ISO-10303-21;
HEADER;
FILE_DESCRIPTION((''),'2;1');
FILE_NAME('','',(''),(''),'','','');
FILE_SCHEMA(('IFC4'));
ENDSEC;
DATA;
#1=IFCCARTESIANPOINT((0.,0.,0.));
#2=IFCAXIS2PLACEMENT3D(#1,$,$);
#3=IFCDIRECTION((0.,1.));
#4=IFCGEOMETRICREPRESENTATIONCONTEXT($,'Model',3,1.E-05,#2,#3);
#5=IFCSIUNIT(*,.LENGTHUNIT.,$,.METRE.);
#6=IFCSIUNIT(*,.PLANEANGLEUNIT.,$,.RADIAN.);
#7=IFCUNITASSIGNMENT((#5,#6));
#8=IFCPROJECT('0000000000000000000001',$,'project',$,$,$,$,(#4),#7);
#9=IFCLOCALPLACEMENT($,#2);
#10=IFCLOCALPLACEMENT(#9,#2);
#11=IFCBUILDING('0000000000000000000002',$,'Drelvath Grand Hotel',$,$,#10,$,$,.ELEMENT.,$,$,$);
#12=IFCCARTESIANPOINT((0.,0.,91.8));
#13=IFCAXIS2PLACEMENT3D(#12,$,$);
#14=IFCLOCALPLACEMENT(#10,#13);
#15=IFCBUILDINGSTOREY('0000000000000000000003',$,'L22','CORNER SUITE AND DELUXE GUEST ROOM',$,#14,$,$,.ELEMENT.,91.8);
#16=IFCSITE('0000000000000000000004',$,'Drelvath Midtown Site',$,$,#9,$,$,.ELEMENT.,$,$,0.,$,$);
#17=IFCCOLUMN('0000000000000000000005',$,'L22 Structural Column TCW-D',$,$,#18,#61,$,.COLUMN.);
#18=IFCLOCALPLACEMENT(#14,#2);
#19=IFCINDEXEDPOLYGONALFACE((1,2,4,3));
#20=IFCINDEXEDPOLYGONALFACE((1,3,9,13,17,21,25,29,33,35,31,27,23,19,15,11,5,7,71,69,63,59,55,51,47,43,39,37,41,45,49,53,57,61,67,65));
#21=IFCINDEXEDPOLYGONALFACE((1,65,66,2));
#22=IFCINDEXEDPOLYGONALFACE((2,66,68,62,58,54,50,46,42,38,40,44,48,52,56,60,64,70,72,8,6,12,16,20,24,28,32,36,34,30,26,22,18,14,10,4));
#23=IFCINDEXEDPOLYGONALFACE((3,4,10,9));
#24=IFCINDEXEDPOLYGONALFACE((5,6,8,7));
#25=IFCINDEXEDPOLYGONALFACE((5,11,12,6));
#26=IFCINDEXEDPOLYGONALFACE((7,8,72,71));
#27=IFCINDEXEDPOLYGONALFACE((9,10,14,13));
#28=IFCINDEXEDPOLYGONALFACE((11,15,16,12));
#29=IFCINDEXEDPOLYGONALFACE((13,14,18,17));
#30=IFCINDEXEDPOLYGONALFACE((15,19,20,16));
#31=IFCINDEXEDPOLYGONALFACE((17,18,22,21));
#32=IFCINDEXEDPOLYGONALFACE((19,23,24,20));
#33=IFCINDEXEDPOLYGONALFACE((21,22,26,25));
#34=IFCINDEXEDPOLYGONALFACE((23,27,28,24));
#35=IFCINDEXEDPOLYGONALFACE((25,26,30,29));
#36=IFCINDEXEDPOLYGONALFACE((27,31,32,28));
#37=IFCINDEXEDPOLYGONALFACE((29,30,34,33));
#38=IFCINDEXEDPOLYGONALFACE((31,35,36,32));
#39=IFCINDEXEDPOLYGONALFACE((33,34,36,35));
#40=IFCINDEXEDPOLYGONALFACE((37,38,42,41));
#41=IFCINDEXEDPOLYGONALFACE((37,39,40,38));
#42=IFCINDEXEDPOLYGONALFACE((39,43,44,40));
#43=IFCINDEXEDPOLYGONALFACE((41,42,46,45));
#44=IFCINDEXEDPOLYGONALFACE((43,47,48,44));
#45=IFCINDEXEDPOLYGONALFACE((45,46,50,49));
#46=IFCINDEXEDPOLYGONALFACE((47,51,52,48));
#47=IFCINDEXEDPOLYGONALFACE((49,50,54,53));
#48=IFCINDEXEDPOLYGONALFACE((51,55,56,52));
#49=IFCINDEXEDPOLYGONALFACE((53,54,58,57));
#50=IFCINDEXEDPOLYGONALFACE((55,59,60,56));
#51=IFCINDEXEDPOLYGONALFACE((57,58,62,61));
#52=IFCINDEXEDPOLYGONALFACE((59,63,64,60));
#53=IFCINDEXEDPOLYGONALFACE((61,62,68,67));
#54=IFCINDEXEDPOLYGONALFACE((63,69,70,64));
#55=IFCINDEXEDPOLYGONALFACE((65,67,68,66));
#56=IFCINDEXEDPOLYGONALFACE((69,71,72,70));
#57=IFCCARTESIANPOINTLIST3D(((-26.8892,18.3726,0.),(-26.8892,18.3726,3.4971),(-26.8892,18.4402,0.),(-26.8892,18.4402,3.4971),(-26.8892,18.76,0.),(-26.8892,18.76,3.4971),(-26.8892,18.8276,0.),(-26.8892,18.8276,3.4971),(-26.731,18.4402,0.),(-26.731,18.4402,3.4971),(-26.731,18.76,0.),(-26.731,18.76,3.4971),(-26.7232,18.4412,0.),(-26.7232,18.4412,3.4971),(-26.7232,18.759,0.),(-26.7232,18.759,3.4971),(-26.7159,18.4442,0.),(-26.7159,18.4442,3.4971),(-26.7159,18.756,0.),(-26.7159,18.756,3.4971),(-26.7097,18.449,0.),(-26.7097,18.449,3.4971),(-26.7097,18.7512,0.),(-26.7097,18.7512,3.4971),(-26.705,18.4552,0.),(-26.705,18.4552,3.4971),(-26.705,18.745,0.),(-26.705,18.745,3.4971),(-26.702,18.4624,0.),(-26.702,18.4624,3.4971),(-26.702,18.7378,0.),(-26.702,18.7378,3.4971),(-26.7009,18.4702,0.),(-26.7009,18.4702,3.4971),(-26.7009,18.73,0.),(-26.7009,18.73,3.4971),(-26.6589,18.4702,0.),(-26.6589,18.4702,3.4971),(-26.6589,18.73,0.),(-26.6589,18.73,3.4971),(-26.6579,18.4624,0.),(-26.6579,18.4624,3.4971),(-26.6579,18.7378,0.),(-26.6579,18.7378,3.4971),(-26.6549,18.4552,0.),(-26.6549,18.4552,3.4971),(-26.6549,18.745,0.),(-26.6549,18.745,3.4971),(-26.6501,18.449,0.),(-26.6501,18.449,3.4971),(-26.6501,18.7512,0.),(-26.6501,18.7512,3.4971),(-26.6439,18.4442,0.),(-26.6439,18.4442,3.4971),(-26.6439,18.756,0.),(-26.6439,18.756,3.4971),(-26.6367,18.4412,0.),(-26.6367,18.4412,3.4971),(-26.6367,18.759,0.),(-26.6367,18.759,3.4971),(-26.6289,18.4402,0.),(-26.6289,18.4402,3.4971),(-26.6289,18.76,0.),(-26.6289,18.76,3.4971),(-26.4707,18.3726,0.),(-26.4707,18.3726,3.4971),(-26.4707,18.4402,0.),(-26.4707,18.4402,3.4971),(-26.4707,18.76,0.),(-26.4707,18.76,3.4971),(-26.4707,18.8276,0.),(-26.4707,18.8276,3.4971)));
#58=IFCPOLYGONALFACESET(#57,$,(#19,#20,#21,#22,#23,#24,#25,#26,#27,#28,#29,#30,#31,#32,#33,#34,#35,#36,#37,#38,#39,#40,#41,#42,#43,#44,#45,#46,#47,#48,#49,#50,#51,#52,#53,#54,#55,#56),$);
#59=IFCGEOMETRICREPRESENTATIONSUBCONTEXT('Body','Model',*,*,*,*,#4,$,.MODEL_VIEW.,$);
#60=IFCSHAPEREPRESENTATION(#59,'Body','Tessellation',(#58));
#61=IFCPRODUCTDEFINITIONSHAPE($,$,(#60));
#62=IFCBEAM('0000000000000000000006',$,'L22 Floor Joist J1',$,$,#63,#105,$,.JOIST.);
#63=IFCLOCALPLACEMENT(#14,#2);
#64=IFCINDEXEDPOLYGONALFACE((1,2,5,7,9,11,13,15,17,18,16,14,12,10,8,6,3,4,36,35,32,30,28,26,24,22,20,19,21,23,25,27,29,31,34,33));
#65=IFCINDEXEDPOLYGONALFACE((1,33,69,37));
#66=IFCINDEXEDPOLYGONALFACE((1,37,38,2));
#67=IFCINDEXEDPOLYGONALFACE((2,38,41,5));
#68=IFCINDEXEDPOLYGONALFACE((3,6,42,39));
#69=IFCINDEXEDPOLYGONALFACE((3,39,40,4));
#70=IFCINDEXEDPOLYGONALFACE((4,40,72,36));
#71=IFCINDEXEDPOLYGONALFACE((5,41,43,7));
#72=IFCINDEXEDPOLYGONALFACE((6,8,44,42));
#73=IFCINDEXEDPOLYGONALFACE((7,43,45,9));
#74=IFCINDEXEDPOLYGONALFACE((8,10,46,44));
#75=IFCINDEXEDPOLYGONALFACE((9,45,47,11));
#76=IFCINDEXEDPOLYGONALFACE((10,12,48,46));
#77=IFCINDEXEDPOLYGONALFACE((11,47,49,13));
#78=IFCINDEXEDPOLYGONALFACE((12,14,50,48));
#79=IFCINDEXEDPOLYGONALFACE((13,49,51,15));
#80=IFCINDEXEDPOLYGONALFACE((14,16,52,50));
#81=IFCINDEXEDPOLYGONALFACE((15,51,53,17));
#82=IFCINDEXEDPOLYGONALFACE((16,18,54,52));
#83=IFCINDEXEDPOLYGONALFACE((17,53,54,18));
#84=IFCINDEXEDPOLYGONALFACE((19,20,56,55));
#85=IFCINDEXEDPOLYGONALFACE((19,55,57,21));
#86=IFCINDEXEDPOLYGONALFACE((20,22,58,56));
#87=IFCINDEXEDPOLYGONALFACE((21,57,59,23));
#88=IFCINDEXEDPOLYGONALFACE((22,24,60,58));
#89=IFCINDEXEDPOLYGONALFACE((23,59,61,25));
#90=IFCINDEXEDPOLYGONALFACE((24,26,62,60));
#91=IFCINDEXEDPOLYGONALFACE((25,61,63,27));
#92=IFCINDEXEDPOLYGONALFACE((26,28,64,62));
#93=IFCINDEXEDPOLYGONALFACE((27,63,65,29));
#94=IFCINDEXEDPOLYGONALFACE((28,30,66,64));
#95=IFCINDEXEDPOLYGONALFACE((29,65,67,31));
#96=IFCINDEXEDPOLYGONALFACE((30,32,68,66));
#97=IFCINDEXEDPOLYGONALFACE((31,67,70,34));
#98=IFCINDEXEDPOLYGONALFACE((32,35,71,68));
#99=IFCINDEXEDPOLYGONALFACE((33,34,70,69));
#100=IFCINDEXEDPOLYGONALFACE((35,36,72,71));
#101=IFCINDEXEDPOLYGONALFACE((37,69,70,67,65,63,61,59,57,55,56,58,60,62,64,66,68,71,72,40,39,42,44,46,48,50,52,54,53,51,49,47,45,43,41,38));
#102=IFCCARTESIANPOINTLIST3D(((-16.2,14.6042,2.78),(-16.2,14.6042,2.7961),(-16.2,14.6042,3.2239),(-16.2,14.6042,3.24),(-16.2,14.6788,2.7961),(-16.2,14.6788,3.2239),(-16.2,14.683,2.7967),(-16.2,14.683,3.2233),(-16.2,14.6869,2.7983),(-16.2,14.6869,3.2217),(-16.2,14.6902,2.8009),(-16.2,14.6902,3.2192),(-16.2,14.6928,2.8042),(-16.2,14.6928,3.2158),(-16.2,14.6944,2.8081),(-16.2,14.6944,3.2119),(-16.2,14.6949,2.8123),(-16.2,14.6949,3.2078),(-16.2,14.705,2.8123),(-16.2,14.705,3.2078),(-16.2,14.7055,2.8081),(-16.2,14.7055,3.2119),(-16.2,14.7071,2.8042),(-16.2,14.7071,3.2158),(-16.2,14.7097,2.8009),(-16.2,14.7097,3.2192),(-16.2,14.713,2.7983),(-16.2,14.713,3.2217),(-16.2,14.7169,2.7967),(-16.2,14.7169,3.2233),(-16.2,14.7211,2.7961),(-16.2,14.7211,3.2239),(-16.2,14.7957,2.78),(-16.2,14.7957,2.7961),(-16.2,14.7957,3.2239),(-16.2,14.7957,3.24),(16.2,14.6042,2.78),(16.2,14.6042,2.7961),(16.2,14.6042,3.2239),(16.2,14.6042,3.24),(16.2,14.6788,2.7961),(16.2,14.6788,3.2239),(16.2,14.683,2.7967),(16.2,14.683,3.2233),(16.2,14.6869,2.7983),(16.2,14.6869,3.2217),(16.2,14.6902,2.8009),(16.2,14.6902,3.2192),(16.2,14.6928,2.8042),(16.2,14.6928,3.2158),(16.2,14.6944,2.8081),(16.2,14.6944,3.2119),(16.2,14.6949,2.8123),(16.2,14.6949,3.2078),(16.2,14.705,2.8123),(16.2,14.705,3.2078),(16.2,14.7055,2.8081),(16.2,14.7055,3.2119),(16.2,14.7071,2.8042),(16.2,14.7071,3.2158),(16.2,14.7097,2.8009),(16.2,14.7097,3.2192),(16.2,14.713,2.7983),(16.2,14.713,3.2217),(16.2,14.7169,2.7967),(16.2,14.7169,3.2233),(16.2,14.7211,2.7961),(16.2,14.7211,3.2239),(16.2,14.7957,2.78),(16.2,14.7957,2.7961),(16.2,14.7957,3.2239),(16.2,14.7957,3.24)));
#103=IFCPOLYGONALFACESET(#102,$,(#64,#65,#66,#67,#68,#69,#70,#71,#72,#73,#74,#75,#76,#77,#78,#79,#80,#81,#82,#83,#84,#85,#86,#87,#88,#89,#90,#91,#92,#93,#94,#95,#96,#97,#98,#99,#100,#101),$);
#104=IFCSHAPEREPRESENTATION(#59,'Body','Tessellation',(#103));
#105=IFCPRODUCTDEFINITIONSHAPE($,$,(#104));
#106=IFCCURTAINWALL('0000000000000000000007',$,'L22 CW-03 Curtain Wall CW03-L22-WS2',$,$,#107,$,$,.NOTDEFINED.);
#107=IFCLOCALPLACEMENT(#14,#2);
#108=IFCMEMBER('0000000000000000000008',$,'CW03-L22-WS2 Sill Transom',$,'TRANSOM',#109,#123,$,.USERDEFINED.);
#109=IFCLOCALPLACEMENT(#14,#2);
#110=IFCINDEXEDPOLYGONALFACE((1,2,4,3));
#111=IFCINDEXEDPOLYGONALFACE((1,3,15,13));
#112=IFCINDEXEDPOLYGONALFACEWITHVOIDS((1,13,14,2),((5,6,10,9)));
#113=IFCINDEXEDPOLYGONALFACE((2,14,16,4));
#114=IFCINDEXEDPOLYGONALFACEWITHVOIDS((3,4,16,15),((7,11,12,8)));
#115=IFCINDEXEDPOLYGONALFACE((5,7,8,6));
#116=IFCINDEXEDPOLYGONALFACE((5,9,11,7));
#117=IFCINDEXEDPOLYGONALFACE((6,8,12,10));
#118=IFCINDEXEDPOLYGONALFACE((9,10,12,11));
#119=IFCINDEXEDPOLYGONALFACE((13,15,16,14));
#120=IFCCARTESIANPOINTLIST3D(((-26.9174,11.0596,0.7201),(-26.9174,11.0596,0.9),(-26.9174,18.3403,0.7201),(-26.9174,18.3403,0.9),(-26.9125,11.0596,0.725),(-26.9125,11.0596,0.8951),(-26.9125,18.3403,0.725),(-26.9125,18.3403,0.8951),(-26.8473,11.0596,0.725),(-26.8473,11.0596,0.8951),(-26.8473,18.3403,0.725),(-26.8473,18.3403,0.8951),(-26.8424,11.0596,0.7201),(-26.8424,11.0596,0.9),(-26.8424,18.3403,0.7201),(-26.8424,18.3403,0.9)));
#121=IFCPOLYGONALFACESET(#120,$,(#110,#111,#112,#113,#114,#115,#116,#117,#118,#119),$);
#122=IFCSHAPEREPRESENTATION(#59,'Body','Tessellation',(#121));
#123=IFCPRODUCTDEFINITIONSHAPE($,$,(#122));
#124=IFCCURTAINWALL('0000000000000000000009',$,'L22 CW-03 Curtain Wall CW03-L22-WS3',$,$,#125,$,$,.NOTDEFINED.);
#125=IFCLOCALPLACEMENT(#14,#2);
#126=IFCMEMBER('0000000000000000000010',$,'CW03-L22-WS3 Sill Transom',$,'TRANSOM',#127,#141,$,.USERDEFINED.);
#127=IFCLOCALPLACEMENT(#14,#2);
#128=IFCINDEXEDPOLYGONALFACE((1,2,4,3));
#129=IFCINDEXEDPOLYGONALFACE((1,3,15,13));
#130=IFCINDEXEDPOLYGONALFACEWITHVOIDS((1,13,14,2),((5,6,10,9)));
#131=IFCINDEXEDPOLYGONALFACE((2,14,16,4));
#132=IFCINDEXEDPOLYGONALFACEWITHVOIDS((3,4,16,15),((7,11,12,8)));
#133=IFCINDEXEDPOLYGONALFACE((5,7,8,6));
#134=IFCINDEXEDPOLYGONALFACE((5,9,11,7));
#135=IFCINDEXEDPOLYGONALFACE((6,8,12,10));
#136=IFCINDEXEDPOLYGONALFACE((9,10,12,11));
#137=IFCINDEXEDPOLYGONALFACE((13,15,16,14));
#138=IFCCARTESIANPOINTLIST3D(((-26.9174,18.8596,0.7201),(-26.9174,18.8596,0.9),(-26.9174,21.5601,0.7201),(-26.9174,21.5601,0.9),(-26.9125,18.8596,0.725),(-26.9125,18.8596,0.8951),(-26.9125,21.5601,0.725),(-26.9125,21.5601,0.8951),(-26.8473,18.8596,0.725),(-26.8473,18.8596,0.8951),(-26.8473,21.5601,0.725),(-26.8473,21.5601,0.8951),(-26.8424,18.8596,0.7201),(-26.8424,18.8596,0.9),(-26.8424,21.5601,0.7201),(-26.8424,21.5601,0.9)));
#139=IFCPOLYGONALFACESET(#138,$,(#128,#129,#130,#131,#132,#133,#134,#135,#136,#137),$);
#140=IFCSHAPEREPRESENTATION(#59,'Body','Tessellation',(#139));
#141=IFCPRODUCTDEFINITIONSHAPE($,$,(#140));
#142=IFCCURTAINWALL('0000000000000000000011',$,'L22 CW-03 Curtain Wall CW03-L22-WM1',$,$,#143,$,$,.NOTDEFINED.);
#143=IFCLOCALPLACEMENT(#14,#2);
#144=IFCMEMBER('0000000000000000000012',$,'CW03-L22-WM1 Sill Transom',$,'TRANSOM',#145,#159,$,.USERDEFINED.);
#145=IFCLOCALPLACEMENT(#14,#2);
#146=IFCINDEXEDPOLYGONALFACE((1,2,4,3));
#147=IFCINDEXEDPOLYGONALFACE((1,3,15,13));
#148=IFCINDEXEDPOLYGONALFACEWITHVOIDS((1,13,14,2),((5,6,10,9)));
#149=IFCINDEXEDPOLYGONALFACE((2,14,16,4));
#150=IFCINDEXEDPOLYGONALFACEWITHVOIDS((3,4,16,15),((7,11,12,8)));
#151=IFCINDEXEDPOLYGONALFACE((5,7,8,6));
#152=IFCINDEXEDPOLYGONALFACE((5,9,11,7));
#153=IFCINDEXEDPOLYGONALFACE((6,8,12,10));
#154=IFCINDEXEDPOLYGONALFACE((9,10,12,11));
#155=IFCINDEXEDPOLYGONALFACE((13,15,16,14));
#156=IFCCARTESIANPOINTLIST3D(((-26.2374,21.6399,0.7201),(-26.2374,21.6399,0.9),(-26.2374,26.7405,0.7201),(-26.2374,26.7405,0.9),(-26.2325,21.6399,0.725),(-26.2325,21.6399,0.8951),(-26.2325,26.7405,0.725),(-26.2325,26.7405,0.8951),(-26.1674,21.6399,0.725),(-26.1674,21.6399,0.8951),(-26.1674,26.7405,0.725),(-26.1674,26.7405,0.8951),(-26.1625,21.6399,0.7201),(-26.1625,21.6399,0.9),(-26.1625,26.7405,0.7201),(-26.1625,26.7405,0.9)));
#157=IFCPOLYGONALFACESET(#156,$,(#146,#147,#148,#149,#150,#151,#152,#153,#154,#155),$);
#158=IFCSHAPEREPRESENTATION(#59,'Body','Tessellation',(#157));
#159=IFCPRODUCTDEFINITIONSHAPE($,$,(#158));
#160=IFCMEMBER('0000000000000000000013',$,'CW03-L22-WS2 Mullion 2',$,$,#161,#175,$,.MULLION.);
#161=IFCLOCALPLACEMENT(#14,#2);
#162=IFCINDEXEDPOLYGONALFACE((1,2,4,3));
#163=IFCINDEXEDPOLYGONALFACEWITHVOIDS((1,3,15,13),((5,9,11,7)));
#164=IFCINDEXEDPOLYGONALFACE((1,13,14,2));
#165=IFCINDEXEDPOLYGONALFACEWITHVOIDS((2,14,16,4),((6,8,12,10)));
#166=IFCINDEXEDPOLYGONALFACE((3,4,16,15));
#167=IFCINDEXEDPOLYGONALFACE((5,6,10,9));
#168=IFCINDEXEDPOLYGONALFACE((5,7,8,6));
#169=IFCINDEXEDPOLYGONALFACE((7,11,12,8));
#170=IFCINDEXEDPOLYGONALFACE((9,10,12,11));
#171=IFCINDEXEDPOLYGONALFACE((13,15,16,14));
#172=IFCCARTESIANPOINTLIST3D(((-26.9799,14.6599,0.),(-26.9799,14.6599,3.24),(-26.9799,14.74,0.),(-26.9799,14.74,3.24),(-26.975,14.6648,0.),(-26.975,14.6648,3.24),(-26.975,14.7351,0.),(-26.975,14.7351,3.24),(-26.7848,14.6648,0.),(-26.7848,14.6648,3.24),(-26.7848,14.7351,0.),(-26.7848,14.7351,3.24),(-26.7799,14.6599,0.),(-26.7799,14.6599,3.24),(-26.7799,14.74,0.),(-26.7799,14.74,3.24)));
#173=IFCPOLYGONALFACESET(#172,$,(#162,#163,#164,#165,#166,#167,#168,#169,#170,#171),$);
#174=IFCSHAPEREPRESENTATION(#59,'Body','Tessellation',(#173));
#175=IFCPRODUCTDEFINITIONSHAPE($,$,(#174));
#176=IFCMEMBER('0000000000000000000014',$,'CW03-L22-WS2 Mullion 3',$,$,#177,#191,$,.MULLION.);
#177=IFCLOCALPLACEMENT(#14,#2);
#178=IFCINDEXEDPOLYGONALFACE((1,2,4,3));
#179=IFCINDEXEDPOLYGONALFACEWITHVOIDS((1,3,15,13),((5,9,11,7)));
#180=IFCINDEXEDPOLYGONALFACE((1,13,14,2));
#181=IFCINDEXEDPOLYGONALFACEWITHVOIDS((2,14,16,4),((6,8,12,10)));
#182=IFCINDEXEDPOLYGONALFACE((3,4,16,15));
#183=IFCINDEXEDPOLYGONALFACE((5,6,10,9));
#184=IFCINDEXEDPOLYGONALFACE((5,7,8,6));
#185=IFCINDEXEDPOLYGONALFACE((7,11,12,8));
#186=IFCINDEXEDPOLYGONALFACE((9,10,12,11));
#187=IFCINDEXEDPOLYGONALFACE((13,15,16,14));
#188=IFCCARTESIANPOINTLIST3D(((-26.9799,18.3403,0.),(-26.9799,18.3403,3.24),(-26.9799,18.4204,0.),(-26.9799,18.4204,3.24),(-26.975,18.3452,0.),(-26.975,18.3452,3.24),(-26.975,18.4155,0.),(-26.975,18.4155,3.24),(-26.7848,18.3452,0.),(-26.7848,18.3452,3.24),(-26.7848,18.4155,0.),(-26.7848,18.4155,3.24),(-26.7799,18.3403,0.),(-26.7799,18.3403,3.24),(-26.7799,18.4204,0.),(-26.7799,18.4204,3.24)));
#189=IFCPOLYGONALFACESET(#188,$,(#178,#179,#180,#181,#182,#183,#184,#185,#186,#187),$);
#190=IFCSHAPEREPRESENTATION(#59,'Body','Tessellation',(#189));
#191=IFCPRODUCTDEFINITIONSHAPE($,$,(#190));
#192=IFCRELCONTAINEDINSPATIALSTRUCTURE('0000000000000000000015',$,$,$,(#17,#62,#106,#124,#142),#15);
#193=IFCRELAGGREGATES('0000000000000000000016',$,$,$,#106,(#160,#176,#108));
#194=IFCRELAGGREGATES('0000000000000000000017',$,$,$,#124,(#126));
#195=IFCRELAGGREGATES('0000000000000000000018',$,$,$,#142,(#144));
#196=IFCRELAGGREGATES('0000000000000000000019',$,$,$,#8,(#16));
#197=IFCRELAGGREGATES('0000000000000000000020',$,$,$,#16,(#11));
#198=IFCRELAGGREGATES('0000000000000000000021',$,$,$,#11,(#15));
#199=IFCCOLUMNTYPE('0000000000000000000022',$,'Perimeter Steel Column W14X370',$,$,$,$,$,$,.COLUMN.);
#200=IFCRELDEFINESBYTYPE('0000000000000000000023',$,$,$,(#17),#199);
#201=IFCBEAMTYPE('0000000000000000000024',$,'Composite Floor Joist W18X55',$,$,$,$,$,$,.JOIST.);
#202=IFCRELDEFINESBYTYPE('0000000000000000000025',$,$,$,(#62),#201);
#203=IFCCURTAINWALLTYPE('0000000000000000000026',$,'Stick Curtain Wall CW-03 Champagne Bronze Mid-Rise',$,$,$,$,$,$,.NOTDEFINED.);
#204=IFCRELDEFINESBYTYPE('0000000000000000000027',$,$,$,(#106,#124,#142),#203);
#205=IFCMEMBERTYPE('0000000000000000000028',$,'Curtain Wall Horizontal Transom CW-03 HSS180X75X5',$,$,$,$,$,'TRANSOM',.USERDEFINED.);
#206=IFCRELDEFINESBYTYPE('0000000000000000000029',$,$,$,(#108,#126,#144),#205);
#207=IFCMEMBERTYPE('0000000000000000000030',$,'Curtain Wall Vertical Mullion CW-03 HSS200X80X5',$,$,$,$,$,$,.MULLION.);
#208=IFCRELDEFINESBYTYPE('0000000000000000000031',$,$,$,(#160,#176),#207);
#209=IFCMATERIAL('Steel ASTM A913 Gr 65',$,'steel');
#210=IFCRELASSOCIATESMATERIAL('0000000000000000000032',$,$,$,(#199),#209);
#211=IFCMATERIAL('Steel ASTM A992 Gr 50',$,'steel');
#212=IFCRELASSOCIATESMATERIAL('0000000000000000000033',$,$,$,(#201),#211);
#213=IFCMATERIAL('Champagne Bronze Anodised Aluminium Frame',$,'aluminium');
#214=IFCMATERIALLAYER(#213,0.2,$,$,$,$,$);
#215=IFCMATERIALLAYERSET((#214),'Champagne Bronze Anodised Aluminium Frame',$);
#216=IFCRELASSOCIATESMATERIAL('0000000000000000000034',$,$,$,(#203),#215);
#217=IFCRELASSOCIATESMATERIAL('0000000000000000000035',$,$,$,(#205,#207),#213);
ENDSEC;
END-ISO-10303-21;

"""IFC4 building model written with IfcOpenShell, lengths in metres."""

from ifc_helpers import new_model, si_unit, direction, frame, origin, origin_2d, place, context, subcontext, project, spatial, hollow_rectangle, i_section, extrude, material, layer, layer_set, material_profile, profile_set, type_object, element, aggregate, save


model = new_model("IFC4")

# Units and contexts
model_context = context("Model", 3, precision=1e-05, world=origin(), true_north=direction((0.0, 1.0)))
body_context = subcontext(model_context, "Body", "Model", "MODEL_VIEW")
ifc_project = project(units=[si_unit("LENGTHUNIT", "METRE"), si_unit("PLANEANGLEUNIT", "RADIAN")], contexts=[model_context])

# Site, building, storey
site_placement = place(None, origin())
site = spatial("IfcSite", under=ifc_project, at=site_placement, Name="Drelvath Midtown Site", CompositionType="ELEMENT", RefElevation=0.0)
building_placement = place(site_placement, origin())
building = spatial("IfcBuilding", under=site, at=building_placement, Name="Drelvath Grand Hotel", CompositionType="ELEMENT")
storey_placement = place(building_placement, frame((0.0, 0.0, 91.8)))
storey = spatial("IfcBuildingStorey", under=building, at=storey_placement, Name="L22", Description="CORNER SUITE AND DELUXE GUEST ROOM", CompositionType="ELEMENT", Elevation=91.8)

# Column
ifc_material_1 = material(Name="Steel ASTM A913 Gr 65", Category="steel")
ifc_material_profile_1 = material_profile(ifc_material_1, i_section(OverallWidth=0.4185, OverallDepth=0.4551, WebThickness=0.042, FlangeThickness=0.0676, FilletRadius=0.03, at=origin_2d()), Name="W14X370")
ifc_profile_set_1 = profile_set([ifc_material_profile_1], Name="Steel ASTM A913 Gr 65")
column_type = type_object("IfcColumnType", Name="Perimeter Steel Column W14X370", PredefinedType="COLUMN", material=ifc_profile_set_1)
column_placement = place(storey_placement, frame((-26.6799, 18.6001, 0.0), z_axis=(0.0, 0.0, 1.0), x_axis=(1.0, 0.0, 0.0)))
element("IfcColumn", 1, at=column_placement, inside=storey, type_object=column_type, Name="L22 Structural Column TCW-D", PredefinedType="COLUMN", context=body_context, shape_type="SweptSolid", body=[
    extrude(i_section(OverallWidth=0.4185, OverallDepth=0.4551, WebThickness=0.042, FlangeThickness=0.0676, FilletRadius=0.03, at=origin_2d()), origin(), (0.0, 0.0, 1.0), 3.4971),
])

# Beam
ifc_material_2 = material(Name="Steel ASTM A992 Gr 50", Category="steel")
ifc_material_profile_2 = material_profile(ifc_material_2, i_section(OverallWidth=0.1914, OverallDepth=0.46, WebThickness=0.01, FlangeThickness=0.0161, FilletRadius=0.0161, at=origin_2d()), Name="W18X55")
ifc_profile_set_2 = profile_set([ifc_material_profile_2], Name="Steel ASTM A992 Gr 50")
beam_type_1 = type_object("IfcBeamType", Name="Composite Floor Joist W18X55", PredefinedType="JOIST", material=ifc_profile_set_2)
beam_1_placement = place(storey_placement, frame((-16.2, 14.7, 3.01), z_axis=(1.0, 0.0, 0.0), x_axis=(0.0, 1.0, 0.0)))
element("IfcBeam", 2, at=beam_1_placement, inside=storey, type_object=beam_type_1, Name="L22 Floor Joist J1", PredefinedType="JOIST", context=body_context, shape_type="SweptSolid", body=[
    extrude(i_section(OverallWidth=0.1914, OverallDepth=0.46, WebThickness=0.01, FlangeThickness=0.0161, FilletRadius=0.0161, at=origin_2d()), origin(), (0.0, 0.0, 1.0), 32.3999),
])

# Curtain walls, members
ifc_material_3 = material(Name="Champagne Bronze Anodised Aluminium Frame", Category="aluminium")
ifc_layer_1 = layer(ifc_material_3, 0.2)
ifc_layer_set_1 = layer_set([ifc_layer_1], Name="Champagne Bronze Anodised Aluminium Frame")
curtain_wall_type = type_object("IfcCurtainWallType", Name="Stick Curtain Wall CW-03 Champagne Bronze Mid-Rise", PredefinedType="NOTDEFINED", material=ifc_layer_set_1)
curtain_wall_1_placement = place(storey_placement, origin())
curtain_wall_1 = element("IfcCurtainWall", 3, at=curtain_wall_1_placement, inside=storey, type_object=curtain_wall_type, Name="L22 CW-03 Curtain Wall CW03-L22-WS2", PredefinedType="NOTDEFINED")
ifc_material_profile_3 = material_profile(ifc_material_3, hollow_rectangle(XDim=0.075, YDim=0.1799, WallThickness=0.0049, at=origin_2d()), Name="HSS180X75X5")
ifc_profile_set_3 = profile_set([ifc_material_profile_3], Name="Champagne Bronze Anodised Aluminium Frame")
member_type_1 = type_object("IfcMemberType", Name="Curtain Wall Horizontal Transom CW-03 HSS180X75X5", ElementType="TRANSOM", PredefinedType="USERDEFINED", material=ifc_profile_set_3)
member_1_placement = place(storey_placement, frame((-26.8799, 11.0596, 0.8101), z_axis=(0.0, 1.0, 0.0), x_axis=(-1.0, 0.0, 0.0)))
member_1 = element("IfcMember", 4, at=member_1_placement, type_object=member_type_1, Name="CW03-L22-WS2 Sill Transom", ObjectType="TRANSOM", PredefinedType="USERDEFINED", context=body_context, shape_type="SweptSolid", body=[
    extrude(hollow_rectangle(XDim=0.075, YDim=0.1799, WallThickness=0.0049, at=origin_2d()), origin(), (0.0, 0.0, 1.0), 7.2808),
])
curtain_wall_2_placement = place(storey_placement, origin())
curtain_wall_2 = element("IfcCurtainWall", 5, at=curtain_wall_2_placement, inside=storey, type_object=curtain_wall_type, Name="L22 CW-03 Curtain Wall CW03-L22-WS3", PredefinedType="NOTDEFINED")
member_2_placement = place(storey_placement, frame((-26.8799, 18.8596, 0.8101), z_axis=(0.0, 1.0, 0.0), x_axis=(-1.0, 0.0, 0.0)))
member_2 = element("IfcMember", 6, at=member_2_placement, type_object=member_type_1, Name="CW03-L22-WS3 Sill Transom", ObjectType="TRANSOM", PredefinedType="USERDEFINED", context=body_context, shape_type="SweptSolid", body=[
    extrude(hollow_rectangle(XDim=0.075, YDim=0.1799, WallThickness=0.0049, at=origin_2d()), origin(), (0.0, 0.0, 1.0), 2.7004),
])
curtain_wall_3_placement = place(storey_placement, origin())
curtain_wall_3 = element("IfcCurtainWall", 7, at=curtain_wall_3_placement, inside=storey, type_object=curtain_wall_type, Name="L22 CW-03 Curtain Wall CW03-L22-WM1", PredefinedType="NOTDEFINED")
member_3_placement = place(storey_placement, frame((-26.2, 21.6399, 0.8101), z_axis=(0.0, 1.0, 0.0), x_axis=(-1.0, 0.0, 0.0)))
member_3 = element("IfcMember", 8, at=member_3_placement, type_object=member_type_1, Name="CW03-L22-WM1 Sill Transom", ObjectType="TRANSOM", PredefinedType="USERDEFINED", context=body_context, shape_type="SweptSolid", body=[
    extrude(hollow_rectangle(XDim=0.075, YDim=0.1799, WallThickness=0.0049, at=origin_2d()), origin(), (0.0, 0.0, 1.0), 5.1006),
])

# Members
ifc_material_profile_4 = material_profile(ifc_material_3, hollow_rectangle(XDim=0.0801, YDim=0.2, WallThickness=0.0049, at=origin_2d()), Name="HSS200X80X5")
ifc_profile_set_4 = profile_set([ifc_material_profile_4], Name="Champagne Bronze Anodised Aluminium Frame")
member_type_2 = type_object("IfcMemberType", Name="Curtain Wall Vertical Mullion CW-03 HSS200X80X5", PredefinedType="MULLION", material=ifc_profile_set_4)
member_4_placement = place(storey_placement, frame((-26.8799, 14.7, 0.0), z_axis=(0.0, 0.0, 1.0), x_axis=(0.0, 1.0, 0.0)))
member_4 = element("IfcMember", 9, at=member_4_placement, type_object=member_type_2, Name="CW03-L22-WS2 Mullion 2", PredefinedType="MULLION", context=body_context, shape_type="SweptSolid", body=[
    extrude(hollow_rectangle(XDim=0.0801, YDim=0.2, WallThickness=0.0049, at=origin_2d()), origin(), (0.0, 0.0, 1.0), 3.24),
])
member_5_placement = place(storey_placement, frame((-26.8799, 18.3804, 0.0), z_axis=(0.0, 0.0, 1.0), x_axis=(0.0, 1.0, 0.0)))
member_5 = element("IfcMember", 10, at=member_5_placement, type_object=member_type_2, Name="CW03-L22-WS2 Mullion 3", PredefinedType="MULLION", context=body_context, shape_type="SweptSolid", body=[
    extrude(hollow_rectangle(XDim=0.0801, YDim=0.2, WallThickness=0.0049, at=origin_2d()), origin(), (0.0, 0.0, 1.0), 3.24),
])

aggregate(curtain_wall_1, [member_4, member_5, member_1])
aggregate(curtain_wall_2, [member_2])
aggregate(curtain_wall_3, [member_3])

save(model, "model.ifc")
